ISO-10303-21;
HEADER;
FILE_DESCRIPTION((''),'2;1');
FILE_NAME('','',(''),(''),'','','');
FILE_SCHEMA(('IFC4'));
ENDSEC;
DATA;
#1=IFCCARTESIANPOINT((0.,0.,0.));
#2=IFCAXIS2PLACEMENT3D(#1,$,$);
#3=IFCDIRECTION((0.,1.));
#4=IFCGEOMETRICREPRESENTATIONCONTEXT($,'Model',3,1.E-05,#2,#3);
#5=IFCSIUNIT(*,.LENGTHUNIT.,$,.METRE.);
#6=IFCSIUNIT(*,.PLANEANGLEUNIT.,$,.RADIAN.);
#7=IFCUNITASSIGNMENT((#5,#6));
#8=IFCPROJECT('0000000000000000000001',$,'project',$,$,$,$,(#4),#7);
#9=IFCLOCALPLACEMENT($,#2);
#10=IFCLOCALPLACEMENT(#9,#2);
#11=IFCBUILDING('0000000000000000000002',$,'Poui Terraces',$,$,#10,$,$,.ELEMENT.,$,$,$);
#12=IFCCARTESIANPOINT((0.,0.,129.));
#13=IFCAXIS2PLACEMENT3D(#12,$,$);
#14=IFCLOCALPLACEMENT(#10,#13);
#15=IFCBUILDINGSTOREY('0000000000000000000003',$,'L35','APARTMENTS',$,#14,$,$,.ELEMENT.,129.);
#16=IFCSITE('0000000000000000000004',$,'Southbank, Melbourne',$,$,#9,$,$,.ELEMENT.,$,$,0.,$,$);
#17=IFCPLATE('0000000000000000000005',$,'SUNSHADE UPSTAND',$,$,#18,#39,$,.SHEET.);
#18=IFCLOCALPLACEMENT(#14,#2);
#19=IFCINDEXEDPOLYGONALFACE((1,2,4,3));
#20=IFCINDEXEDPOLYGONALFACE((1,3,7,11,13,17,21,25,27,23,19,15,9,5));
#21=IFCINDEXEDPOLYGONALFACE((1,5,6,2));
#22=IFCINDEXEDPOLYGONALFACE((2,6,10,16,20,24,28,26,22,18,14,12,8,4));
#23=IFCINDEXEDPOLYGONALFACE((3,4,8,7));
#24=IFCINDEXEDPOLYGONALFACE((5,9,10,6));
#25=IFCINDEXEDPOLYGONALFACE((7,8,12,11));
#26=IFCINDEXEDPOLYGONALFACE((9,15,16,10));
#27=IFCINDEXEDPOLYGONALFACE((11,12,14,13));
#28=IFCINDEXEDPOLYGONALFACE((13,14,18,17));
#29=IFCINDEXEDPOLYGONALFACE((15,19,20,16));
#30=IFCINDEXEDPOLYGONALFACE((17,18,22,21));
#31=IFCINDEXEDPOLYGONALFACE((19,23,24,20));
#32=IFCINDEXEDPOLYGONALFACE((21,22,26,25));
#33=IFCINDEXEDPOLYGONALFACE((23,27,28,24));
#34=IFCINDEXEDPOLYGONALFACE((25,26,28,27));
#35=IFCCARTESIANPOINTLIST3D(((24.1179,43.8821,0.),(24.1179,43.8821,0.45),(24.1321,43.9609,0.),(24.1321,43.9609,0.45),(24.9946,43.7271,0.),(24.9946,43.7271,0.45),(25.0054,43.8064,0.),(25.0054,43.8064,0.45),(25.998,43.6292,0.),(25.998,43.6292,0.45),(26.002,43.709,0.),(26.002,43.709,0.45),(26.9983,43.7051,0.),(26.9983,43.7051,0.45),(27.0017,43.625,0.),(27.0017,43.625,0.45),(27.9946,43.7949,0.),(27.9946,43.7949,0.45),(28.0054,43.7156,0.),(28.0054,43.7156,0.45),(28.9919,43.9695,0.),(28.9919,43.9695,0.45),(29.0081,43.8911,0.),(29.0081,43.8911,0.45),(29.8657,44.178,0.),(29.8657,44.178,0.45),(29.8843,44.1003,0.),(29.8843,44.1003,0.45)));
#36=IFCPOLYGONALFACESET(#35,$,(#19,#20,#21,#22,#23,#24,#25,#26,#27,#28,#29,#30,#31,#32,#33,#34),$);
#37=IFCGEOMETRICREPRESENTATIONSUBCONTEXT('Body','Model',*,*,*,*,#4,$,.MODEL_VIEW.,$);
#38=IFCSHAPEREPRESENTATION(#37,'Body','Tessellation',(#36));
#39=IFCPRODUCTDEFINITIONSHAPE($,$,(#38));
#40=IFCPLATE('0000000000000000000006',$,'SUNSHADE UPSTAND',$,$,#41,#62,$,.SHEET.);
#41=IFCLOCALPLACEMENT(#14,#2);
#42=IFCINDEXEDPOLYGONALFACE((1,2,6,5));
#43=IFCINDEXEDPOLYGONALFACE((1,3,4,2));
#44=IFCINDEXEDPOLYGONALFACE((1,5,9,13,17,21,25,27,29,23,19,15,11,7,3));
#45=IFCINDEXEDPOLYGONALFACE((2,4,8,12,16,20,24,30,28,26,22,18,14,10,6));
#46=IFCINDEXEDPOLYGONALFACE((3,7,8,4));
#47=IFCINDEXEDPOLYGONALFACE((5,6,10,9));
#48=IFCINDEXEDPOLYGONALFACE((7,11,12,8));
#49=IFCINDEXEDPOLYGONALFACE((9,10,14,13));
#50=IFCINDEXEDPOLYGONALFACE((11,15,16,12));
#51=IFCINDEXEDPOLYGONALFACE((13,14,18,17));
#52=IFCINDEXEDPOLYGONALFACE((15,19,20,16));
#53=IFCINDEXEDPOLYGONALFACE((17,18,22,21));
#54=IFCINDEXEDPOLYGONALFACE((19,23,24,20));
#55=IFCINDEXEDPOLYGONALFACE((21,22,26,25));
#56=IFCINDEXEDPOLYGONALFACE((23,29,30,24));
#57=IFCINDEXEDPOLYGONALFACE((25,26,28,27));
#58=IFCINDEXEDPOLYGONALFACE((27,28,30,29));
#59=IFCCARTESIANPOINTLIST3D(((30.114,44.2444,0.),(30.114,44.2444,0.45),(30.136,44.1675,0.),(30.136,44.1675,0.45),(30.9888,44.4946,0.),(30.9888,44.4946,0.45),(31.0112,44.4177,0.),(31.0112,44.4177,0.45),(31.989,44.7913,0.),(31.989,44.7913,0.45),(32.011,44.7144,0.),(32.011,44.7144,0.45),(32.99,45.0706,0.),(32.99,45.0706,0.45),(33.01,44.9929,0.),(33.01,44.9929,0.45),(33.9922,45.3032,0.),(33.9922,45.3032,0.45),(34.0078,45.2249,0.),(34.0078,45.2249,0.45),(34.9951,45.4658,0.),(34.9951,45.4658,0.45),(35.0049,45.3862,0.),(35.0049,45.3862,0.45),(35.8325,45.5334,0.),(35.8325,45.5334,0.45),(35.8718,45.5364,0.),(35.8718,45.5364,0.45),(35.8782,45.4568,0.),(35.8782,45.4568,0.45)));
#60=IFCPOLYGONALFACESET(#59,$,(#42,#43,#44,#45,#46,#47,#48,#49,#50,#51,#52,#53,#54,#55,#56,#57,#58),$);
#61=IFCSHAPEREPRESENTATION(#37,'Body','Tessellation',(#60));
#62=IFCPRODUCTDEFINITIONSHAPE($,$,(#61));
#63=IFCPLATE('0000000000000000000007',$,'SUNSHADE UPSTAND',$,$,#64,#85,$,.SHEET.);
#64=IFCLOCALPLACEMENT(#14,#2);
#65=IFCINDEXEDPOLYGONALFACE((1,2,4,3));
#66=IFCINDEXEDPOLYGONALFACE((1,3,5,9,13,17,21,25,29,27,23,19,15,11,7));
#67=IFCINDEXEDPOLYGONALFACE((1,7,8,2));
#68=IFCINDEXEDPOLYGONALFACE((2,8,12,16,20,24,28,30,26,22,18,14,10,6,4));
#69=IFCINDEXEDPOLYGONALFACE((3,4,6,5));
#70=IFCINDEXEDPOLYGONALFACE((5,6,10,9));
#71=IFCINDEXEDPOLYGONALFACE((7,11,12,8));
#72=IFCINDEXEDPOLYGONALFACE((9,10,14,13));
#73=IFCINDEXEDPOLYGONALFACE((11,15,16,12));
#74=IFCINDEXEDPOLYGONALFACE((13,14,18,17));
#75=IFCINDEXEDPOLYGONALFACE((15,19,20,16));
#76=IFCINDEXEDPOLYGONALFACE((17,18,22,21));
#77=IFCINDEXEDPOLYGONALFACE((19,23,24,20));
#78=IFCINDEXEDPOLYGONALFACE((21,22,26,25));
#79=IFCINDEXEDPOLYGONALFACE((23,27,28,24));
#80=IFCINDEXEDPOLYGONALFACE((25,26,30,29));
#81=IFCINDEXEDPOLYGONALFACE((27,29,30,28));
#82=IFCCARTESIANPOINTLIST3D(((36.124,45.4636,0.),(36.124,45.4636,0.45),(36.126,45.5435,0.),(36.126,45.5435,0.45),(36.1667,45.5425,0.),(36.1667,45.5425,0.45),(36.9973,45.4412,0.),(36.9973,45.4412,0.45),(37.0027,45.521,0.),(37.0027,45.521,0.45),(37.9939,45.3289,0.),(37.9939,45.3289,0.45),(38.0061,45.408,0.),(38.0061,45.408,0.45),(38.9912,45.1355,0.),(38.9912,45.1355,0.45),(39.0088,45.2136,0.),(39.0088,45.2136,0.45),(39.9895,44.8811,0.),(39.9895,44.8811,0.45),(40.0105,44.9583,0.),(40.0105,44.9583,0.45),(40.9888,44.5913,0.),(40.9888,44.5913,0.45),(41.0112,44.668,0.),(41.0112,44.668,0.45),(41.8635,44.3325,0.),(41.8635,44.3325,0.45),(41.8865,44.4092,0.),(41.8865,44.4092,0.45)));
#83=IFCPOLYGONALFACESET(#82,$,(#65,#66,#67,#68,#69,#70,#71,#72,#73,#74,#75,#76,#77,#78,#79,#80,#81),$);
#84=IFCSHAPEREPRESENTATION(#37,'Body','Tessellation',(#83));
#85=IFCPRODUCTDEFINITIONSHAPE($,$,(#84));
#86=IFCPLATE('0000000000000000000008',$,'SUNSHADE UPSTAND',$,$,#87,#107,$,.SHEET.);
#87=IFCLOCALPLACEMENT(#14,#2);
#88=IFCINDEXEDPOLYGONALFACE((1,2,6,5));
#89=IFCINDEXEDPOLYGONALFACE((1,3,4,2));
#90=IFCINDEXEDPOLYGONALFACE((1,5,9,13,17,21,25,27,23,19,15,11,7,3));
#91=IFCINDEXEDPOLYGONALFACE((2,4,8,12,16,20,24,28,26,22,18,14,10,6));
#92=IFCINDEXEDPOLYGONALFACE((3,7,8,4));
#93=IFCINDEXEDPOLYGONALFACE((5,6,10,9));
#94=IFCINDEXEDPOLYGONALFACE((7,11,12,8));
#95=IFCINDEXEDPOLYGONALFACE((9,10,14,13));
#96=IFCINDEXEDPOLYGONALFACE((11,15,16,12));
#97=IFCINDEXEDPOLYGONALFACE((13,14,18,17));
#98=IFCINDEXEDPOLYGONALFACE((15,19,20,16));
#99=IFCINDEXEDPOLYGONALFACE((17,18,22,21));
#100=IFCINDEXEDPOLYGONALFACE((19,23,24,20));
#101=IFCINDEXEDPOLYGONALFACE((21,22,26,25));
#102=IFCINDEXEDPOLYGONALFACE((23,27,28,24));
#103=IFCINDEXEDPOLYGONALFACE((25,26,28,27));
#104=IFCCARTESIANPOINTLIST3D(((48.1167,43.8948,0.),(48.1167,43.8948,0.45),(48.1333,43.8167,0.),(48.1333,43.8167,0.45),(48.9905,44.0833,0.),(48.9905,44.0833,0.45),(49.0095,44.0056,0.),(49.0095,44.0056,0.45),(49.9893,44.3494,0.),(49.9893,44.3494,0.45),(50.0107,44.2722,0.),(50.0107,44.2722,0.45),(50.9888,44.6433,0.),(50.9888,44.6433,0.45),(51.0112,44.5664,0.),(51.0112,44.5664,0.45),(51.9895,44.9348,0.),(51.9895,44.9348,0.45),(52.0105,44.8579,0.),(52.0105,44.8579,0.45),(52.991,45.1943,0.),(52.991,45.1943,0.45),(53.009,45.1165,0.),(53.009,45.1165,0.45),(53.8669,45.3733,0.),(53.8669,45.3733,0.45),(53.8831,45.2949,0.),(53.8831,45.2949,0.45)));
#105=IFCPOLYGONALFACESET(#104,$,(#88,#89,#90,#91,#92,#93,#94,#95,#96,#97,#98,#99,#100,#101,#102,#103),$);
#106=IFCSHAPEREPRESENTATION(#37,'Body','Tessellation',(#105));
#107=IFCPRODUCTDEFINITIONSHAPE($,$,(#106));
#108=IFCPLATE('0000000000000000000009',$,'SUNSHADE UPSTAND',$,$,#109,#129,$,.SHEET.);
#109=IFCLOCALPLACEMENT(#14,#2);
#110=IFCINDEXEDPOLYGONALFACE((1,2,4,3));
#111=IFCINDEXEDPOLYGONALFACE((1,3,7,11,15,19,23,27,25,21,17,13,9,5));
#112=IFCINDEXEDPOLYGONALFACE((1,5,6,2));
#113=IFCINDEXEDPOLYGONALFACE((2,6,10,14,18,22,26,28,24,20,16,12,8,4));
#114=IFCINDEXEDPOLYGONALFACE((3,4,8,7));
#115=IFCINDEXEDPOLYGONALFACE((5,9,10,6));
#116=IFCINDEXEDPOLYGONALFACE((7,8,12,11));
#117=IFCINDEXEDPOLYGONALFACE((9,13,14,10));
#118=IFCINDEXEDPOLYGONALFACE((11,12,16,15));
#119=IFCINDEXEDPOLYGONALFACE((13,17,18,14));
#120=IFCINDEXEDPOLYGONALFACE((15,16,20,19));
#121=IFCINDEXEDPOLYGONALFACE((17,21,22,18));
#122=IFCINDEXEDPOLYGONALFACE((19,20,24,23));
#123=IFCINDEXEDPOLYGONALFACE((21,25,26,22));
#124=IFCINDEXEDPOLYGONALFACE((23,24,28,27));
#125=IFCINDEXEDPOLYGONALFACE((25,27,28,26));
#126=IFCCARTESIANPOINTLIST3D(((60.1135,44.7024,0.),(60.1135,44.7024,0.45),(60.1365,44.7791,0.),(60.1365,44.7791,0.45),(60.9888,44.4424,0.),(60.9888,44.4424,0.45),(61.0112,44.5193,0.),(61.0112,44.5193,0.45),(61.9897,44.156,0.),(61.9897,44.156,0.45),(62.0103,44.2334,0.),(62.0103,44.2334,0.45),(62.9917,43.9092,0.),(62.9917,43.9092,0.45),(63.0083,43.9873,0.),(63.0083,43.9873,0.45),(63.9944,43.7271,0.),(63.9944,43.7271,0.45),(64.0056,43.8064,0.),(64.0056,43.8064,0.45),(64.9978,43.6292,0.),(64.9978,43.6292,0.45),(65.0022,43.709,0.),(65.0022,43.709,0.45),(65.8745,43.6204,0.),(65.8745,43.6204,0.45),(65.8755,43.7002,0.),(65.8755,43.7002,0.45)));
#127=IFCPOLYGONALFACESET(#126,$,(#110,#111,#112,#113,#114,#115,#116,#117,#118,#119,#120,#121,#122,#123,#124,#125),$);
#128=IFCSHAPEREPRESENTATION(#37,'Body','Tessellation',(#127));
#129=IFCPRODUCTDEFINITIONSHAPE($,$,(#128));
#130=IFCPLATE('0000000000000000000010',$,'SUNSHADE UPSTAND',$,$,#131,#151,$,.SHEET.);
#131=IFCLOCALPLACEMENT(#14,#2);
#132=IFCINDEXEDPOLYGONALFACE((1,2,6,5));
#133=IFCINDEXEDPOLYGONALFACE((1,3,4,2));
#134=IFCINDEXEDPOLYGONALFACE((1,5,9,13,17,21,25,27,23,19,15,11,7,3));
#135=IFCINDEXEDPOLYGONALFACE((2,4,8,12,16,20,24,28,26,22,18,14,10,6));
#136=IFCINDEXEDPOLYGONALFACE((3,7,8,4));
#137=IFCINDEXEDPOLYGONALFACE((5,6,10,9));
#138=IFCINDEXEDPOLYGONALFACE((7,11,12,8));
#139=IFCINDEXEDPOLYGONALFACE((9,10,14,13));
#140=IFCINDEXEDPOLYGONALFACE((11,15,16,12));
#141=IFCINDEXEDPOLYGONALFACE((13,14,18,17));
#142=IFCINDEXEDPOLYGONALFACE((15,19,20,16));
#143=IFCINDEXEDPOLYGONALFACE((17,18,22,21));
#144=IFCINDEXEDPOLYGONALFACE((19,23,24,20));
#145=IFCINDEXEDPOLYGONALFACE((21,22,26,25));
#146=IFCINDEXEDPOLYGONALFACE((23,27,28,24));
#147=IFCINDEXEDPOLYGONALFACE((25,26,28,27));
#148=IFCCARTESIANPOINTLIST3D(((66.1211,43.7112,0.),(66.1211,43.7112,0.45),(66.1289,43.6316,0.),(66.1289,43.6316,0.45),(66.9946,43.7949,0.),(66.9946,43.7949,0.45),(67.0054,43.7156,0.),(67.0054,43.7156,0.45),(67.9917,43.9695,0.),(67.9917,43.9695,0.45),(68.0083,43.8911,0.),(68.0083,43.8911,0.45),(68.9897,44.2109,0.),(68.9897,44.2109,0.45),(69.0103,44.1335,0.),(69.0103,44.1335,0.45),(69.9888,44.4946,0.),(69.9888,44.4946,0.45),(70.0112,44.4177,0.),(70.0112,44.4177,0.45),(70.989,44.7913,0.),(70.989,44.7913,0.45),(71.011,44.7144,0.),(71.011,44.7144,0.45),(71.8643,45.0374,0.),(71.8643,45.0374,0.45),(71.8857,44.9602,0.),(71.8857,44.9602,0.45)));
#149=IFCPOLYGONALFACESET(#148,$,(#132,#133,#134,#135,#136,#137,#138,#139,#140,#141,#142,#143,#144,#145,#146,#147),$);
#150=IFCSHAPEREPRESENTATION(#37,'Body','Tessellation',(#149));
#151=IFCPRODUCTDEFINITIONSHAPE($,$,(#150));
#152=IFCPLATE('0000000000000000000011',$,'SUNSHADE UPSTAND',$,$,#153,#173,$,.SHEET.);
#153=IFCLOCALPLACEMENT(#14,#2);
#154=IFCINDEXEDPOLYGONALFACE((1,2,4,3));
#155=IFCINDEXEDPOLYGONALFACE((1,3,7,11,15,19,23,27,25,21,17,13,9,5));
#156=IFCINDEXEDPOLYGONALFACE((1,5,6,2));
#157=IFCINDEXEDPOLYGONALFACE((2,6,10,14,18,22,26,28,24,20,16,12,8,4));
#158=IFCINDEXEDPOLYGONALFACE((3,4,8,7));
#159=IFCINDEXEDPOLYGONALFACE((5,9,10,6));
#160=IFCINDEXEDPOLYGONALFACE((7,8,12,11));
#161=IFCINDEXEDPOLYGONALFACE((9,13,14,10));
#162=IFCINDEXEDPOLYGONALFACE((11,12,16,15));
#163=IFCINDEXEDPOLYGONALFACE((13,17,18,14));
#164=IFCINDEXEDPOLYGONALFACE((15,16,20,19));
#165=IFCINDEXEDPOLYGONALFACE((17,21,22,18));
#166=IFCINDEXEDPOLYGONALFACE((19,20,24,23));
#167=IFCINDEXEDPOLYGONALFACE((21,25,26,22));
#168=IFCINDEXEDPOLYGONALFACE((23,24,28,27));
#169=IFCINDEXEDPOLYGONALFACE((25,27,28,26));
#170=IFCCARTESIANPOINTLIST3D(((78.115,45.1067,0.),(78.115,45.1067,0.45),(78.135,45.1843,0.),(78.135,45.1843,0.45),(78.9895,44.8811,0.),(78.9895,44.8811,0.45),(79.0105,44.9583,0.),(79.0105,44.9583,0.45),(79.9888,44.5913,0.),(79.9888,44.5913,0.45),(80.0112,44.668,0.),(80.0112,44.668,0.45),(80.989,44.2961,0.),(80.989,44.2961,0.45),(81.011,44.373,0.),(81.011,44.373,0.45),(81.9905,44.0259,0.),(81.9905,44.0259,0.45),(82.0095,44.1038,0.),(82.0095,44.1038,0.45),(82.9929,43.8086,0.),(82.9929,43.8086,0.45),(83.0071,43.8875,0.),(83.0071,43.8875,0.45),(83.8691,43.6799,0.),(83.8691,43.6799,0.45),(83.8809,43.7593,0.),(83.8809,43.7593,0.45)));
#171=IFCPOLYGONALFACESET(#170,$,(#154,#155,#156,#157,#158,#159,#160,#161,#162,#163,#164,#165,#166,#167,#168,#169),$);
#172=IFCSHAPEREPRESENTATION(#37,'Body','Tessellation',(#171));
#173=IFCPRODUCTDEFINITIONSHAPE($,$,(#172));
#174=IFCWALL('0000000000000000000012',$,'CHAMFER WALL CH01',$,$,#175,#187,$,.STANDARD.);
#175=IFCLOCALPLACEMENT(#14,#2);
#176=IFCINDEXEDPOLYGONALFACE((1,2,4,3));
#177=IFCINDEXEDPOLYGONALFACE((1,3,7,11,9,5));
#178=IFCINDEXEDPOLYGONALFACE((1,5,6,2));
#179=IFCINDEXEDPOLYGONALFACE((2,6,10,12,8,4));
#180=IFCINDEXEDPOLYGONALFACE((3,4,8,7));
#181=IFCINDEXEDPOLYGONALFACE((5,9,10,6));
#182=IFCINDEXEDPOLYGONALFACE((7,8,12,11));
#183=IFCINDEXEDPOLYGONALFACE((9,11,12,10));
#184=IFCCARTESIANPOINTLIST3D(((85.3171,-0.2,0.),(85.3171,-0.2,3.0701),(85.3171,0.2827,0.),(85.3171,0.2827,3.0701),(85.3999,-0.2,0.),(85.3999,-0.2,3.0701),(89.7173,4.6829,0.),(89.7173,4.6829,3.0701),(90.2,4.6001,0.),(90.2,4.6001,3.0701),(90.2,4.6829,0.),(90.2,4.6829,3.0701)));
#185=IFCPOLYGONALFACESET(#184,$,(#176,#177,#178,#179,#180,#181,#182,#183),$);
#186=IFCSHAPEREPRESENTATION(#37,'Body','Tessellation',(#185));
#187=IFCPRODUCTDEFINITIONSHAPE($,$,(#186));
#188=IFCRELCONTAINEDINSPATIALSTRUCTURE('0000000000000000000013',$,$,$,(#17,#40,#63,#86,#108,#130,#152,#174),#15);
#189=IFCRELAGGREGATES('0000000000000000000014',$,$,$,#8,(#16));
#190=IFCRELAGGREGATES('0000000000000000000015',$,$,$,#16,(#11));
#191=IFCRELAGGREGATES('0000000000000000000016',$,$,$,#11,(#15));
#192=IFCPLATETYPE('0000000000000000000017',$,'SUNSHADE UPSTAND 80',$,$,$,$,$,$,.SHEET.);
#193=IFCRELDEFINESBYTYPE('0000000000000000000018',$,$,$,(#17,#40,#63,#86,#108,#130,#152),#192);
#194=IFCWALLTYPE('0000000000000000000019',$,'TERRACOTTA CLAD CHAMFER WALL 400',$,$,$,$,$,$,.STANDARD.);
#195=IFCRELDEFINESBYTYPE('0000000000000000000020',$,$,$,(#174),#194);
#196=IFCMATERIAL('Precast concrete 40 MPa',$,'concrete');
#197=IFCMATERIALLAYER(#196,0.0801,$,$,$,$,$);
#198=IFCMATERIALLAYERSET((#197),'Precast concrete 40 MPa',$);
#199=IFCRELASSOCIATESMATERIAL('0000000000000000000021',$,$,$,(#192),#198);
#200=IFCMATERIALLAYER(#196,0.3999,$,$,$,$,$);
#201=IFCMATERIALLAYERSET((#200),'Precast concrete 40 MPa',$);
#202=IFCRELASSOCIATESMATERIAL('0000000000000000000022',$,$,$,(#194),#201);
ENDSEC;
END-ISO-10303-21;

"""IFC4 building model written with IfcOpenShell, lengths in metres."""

from ifc_helpers import new_model, si_unit, direction, frame, origin, place, context, subcontext, project, spatial, polyline, outline, extrude, material, layer, layer_set, type_object, element, save


model = new_model("IFC4")

# Units and contexts
model_context = context("Model", 3, precision=1e-05, world=origin(), true_north=direction((0.0, 1.0)))
body_context = subcontext(model_context, "Body", "Model", "MODEL_VIEW")
ifc_project = project(units=[si_unit("LENGTHUNIT", "METRE"), si_unit("PLANEANGLEUNIT", "RADIAN")], contexts=[model_context])

# Site, building, storey
site_placement = place(None, origin())
site = spatial("IfcSite", under=ifc_project, at=site_placement, Name="Southbank, Melbourne", CompositionType="ELEMENT", RefElevation=0.0)
building_placement = place(site_placement, origin())
building = spatial("IfcBuilding", under=site, at=building_placement, Name="Poui Terraces", CompositionType="ELEMENT")
storey_placement = place(building_placement, frame((0.0, 0.0, 129.0)))
storey = spatial("IfcBuildingStorey", under=building, at=storey_placement, Name="L35", Description="APARTMENTS", CompositionType="ELEMENT", Elevation=129.0)

# Shared definitions
ifc_material_1 = material(Name="Precast concrete 40 MPa", Category="concrete")

# Plates
ifc_layer_1 = layer(ifc_material_1, 0.0801)
ifc_layer_set_1 = layer_set([ifc_layer_1], Name="Precast concrete 40 MPa")
plate_type = type_object("IfcPlateType", Name="SUNSHADE UPSTAND 80", PredefinedType="SHEET", material=ifc_layer_set_1)
plate_1_placement = place(storey_placement, origin())
element("IfcPlate", 1, at=plate_1_placement, inside=storey, type_object=plate_type, Name="SUNSHADE UPSTAND", PredefinedType="SHEET", context=body_context, shape_type="SweptSolid", body=[
    extrude(outline(polyline([(25.0054, 43.8064), (24.1321, 43.9609), (24.1179, 43.8821), (24.9946, 43.7271), (25.998, 43.6292), (27.0017, 43.625), (28.0054, 43.7156), (29.0081, 43.8911), (29.8843, 44.1003), (29.8657, 44.178), (28.9919, 43.9695), (27.9946, 43.7949), (26.9983, 43.7051), (26.002, 43.709), (25.0054, 43.8064)])), origin(), (0.0, 0.0, 1.0), 0.45),
])
plate_2_placement = place(storey_placement, origin())
element("IfcPlate", 2, at=plate_2_placement, inside=storey, type_object=plate_type, Name="SUNSHADE UPSTAND", PredefinedType="SHEET", context=body_context, shape_type="SweptSolid", body=[
    extrude(outline(polyline([(30.9888, 44.4946), (30.114, 44.2444), (30.136, 44.1675), (31.0112, 44.4177), (32.011, 44.7144), (33.01, 44.9929), (34.0078, 45.2249), (35.0049, 45.3862), (35.8782, 45.4568), (35.8718, 45.5364), (35.8325, 45.5334), (34.9951, 45.4658), (33.9922, 45.3032), (32.99, 45.0706), (31.989, 44.7913), (30.9888, 44.4946)])), origin(), (0.0, 0.0, 1.0), 0.45),
])
plate_3_placement = place(storey_placement, origin())
element("IfcPlate", 3, at=plate_3_placement, inside=storey, type_object=plate_type, Name="SUNSHADE UPSTAND", PredefinedType="SHEET", context=body_context, shape_type="SweptSolid", body=[
    extrude(outline(polyline([(37.0027, 45.521), (36.1667, 45.5425), (36.126, 45.5435), (36.124, 45.4636), (36.9973, 45.4412), (37.9939, 45.3289), (38.9912, 45.1355), (39.9895, 44.8811), (40.9888, 44.5913), (41.8635, 44.3325), (41.8865, 44.4092), (41.0112, 44.668), (40.0105, 44.9583), (39.0088, 45.2136), (38.0061, 45.408), (37.0027, 45.521)])), origin(), (0.0, 0.0, 1.0), 0.45),
])
plate_4_placement = place(storey_placement, origin())
element("IfcPlate", 4, at=plate_4_placement, inside=storey, type_object=plate_type, Name="SUNSHADE UPSTAND", PredefinedType="SHEET", context=body_context, shape_type="SweptSolid", body=[
    extrude(outline(polyline([(48.9905, 44.0833), (48.1167, 43.8948), (48.1333, 43.8167), (49.0095, 44.0056), (50.0107, 44.2722), (51.0112, 44.5664), (52.0105, 44.8579), (53.009, 45.1165), (53.8831, 45.2949), (53.8669, 45.3733), (52.991, 45.1943), (51.9895, 44.9348), (50.9888, 44.6433), (49.9893, 44.3494), (48.9905, 44.0833)])), origin(), (0.0, 0.0, 1.0), 0.45),
])
plate_5_placement = place(storey_placement, origin())
element("IfcPlate", 5, at=plate_5_placement, inside=storey, type_object=plate_type, Name="SUNSHADE UPSTAND", PredefinedType="SHEET", context=body_context, shape_type="SweptSolid", body=[
    extrude(outline(polyline([(61.0112, 44.5193), (60.1365, 44.7791), (60.1135, 44.7024), (60.9888, 44.4424), (61.9897, 44.156), (62.9917, 43.9092), (63.9944, 43.7271), (64.9978, 43.6292), (65.8745, 43.6204), (65.8755, 43.7002), (65.0022, 43.709), (64.0056, 43.8064), (63.0083, 43.9873), (62.0103, 44.2334), (61.0112, 44.5193)])), origin(), (0.0, 0.0, 1.0), 0.45),
])
plate_6_placement = place(storey_placement, origin())
element("IfcPlate", 6, at=plate_6_placement, inside=storey, type_object=plate_type, Name="SUNSHADE UPSTAND", PredefinedType="SHEET", context=body_context, shape_type="SweptSolid", body=[
    extrude(outline(polyline([(66.9946, 43.7949), (66.1211, 43.7112), (66.1289, 43.6316), (67.0054, 43.7156), (68.0083, 43.8911), (69.0103, 44.1335), (70.0112, 44.4177), (71.011, 44.7144), (71.8857, 44.9602), (71.8643, 45.0374), (70.989, 44.7913), (69.9888, 44.4946), (68.9897, 44.2109), (67.9917, 43.9695), (66.9946, 43.7949)])), origin(), (0.0, 0.0, 1.0), 0.45),
])
plate_7_placement = place(storey_placement, origin())
element("IfcPlate", 7, at=plate_7_placement, inside=storey, type_object=plate_type, Name="SUNSHADE UPSTAND", PredefinedType="SHEET", context=body_context, shape_type="SweptSolid", body=[
    extrude(outline(polyline([(79.0105, 44.9583), (78.135, 45.1843), (78.115, 45.1067), (78.9895, 44.8811), (79.9888, 44.5913), (80.989, 44.2961), (81.9905, 44.0259), (82.9929, 43.8086), (83.8691, 43.6799), (83.8809, 43.7593), (83.0071, 43.8875), (82.0095, 44.1038), (81.011, 44.373), (80.0112, 44.668), (79.0105, 44.9583)])), origin(), (0.0, 0.0, 1.0), 0.45),
])

# Wall
ifc_layer_2 = layer(ifc_material_1, 0.3999)
ifc_layer_set_2 = layer_set([ifc_layer_2], Name="Precast concrete 40 MPa")
wall_type = type_object("IfcWallType", Name="TERRACOTTA CLAD CHAMFER WALL 400", PredefinedType="STANDARD", material=ifc_layer_set_2)
wall_1_placement = place(storey_placement, origin())
element("IfcWall", 8, at=wall_1_placement, inside=storey, type_object=wall_type, Name="CHAMFER WALL CH01", PredefinedType="STANDARD", context=body_context, shape_type="SweptSolid", body=[
    extrude(outline(polyline([(85.3171, -0.2), (85.3999, -0.2), (90.2, 4.6001), (90.2, 4.6829), (89.7173, 4.6829), (85.3171, 0.2827), (85.3171, -0.2)])), origin(), (0.0, 0.0, 1.0), 3.0701),
])

save(model, "model.ifc")
